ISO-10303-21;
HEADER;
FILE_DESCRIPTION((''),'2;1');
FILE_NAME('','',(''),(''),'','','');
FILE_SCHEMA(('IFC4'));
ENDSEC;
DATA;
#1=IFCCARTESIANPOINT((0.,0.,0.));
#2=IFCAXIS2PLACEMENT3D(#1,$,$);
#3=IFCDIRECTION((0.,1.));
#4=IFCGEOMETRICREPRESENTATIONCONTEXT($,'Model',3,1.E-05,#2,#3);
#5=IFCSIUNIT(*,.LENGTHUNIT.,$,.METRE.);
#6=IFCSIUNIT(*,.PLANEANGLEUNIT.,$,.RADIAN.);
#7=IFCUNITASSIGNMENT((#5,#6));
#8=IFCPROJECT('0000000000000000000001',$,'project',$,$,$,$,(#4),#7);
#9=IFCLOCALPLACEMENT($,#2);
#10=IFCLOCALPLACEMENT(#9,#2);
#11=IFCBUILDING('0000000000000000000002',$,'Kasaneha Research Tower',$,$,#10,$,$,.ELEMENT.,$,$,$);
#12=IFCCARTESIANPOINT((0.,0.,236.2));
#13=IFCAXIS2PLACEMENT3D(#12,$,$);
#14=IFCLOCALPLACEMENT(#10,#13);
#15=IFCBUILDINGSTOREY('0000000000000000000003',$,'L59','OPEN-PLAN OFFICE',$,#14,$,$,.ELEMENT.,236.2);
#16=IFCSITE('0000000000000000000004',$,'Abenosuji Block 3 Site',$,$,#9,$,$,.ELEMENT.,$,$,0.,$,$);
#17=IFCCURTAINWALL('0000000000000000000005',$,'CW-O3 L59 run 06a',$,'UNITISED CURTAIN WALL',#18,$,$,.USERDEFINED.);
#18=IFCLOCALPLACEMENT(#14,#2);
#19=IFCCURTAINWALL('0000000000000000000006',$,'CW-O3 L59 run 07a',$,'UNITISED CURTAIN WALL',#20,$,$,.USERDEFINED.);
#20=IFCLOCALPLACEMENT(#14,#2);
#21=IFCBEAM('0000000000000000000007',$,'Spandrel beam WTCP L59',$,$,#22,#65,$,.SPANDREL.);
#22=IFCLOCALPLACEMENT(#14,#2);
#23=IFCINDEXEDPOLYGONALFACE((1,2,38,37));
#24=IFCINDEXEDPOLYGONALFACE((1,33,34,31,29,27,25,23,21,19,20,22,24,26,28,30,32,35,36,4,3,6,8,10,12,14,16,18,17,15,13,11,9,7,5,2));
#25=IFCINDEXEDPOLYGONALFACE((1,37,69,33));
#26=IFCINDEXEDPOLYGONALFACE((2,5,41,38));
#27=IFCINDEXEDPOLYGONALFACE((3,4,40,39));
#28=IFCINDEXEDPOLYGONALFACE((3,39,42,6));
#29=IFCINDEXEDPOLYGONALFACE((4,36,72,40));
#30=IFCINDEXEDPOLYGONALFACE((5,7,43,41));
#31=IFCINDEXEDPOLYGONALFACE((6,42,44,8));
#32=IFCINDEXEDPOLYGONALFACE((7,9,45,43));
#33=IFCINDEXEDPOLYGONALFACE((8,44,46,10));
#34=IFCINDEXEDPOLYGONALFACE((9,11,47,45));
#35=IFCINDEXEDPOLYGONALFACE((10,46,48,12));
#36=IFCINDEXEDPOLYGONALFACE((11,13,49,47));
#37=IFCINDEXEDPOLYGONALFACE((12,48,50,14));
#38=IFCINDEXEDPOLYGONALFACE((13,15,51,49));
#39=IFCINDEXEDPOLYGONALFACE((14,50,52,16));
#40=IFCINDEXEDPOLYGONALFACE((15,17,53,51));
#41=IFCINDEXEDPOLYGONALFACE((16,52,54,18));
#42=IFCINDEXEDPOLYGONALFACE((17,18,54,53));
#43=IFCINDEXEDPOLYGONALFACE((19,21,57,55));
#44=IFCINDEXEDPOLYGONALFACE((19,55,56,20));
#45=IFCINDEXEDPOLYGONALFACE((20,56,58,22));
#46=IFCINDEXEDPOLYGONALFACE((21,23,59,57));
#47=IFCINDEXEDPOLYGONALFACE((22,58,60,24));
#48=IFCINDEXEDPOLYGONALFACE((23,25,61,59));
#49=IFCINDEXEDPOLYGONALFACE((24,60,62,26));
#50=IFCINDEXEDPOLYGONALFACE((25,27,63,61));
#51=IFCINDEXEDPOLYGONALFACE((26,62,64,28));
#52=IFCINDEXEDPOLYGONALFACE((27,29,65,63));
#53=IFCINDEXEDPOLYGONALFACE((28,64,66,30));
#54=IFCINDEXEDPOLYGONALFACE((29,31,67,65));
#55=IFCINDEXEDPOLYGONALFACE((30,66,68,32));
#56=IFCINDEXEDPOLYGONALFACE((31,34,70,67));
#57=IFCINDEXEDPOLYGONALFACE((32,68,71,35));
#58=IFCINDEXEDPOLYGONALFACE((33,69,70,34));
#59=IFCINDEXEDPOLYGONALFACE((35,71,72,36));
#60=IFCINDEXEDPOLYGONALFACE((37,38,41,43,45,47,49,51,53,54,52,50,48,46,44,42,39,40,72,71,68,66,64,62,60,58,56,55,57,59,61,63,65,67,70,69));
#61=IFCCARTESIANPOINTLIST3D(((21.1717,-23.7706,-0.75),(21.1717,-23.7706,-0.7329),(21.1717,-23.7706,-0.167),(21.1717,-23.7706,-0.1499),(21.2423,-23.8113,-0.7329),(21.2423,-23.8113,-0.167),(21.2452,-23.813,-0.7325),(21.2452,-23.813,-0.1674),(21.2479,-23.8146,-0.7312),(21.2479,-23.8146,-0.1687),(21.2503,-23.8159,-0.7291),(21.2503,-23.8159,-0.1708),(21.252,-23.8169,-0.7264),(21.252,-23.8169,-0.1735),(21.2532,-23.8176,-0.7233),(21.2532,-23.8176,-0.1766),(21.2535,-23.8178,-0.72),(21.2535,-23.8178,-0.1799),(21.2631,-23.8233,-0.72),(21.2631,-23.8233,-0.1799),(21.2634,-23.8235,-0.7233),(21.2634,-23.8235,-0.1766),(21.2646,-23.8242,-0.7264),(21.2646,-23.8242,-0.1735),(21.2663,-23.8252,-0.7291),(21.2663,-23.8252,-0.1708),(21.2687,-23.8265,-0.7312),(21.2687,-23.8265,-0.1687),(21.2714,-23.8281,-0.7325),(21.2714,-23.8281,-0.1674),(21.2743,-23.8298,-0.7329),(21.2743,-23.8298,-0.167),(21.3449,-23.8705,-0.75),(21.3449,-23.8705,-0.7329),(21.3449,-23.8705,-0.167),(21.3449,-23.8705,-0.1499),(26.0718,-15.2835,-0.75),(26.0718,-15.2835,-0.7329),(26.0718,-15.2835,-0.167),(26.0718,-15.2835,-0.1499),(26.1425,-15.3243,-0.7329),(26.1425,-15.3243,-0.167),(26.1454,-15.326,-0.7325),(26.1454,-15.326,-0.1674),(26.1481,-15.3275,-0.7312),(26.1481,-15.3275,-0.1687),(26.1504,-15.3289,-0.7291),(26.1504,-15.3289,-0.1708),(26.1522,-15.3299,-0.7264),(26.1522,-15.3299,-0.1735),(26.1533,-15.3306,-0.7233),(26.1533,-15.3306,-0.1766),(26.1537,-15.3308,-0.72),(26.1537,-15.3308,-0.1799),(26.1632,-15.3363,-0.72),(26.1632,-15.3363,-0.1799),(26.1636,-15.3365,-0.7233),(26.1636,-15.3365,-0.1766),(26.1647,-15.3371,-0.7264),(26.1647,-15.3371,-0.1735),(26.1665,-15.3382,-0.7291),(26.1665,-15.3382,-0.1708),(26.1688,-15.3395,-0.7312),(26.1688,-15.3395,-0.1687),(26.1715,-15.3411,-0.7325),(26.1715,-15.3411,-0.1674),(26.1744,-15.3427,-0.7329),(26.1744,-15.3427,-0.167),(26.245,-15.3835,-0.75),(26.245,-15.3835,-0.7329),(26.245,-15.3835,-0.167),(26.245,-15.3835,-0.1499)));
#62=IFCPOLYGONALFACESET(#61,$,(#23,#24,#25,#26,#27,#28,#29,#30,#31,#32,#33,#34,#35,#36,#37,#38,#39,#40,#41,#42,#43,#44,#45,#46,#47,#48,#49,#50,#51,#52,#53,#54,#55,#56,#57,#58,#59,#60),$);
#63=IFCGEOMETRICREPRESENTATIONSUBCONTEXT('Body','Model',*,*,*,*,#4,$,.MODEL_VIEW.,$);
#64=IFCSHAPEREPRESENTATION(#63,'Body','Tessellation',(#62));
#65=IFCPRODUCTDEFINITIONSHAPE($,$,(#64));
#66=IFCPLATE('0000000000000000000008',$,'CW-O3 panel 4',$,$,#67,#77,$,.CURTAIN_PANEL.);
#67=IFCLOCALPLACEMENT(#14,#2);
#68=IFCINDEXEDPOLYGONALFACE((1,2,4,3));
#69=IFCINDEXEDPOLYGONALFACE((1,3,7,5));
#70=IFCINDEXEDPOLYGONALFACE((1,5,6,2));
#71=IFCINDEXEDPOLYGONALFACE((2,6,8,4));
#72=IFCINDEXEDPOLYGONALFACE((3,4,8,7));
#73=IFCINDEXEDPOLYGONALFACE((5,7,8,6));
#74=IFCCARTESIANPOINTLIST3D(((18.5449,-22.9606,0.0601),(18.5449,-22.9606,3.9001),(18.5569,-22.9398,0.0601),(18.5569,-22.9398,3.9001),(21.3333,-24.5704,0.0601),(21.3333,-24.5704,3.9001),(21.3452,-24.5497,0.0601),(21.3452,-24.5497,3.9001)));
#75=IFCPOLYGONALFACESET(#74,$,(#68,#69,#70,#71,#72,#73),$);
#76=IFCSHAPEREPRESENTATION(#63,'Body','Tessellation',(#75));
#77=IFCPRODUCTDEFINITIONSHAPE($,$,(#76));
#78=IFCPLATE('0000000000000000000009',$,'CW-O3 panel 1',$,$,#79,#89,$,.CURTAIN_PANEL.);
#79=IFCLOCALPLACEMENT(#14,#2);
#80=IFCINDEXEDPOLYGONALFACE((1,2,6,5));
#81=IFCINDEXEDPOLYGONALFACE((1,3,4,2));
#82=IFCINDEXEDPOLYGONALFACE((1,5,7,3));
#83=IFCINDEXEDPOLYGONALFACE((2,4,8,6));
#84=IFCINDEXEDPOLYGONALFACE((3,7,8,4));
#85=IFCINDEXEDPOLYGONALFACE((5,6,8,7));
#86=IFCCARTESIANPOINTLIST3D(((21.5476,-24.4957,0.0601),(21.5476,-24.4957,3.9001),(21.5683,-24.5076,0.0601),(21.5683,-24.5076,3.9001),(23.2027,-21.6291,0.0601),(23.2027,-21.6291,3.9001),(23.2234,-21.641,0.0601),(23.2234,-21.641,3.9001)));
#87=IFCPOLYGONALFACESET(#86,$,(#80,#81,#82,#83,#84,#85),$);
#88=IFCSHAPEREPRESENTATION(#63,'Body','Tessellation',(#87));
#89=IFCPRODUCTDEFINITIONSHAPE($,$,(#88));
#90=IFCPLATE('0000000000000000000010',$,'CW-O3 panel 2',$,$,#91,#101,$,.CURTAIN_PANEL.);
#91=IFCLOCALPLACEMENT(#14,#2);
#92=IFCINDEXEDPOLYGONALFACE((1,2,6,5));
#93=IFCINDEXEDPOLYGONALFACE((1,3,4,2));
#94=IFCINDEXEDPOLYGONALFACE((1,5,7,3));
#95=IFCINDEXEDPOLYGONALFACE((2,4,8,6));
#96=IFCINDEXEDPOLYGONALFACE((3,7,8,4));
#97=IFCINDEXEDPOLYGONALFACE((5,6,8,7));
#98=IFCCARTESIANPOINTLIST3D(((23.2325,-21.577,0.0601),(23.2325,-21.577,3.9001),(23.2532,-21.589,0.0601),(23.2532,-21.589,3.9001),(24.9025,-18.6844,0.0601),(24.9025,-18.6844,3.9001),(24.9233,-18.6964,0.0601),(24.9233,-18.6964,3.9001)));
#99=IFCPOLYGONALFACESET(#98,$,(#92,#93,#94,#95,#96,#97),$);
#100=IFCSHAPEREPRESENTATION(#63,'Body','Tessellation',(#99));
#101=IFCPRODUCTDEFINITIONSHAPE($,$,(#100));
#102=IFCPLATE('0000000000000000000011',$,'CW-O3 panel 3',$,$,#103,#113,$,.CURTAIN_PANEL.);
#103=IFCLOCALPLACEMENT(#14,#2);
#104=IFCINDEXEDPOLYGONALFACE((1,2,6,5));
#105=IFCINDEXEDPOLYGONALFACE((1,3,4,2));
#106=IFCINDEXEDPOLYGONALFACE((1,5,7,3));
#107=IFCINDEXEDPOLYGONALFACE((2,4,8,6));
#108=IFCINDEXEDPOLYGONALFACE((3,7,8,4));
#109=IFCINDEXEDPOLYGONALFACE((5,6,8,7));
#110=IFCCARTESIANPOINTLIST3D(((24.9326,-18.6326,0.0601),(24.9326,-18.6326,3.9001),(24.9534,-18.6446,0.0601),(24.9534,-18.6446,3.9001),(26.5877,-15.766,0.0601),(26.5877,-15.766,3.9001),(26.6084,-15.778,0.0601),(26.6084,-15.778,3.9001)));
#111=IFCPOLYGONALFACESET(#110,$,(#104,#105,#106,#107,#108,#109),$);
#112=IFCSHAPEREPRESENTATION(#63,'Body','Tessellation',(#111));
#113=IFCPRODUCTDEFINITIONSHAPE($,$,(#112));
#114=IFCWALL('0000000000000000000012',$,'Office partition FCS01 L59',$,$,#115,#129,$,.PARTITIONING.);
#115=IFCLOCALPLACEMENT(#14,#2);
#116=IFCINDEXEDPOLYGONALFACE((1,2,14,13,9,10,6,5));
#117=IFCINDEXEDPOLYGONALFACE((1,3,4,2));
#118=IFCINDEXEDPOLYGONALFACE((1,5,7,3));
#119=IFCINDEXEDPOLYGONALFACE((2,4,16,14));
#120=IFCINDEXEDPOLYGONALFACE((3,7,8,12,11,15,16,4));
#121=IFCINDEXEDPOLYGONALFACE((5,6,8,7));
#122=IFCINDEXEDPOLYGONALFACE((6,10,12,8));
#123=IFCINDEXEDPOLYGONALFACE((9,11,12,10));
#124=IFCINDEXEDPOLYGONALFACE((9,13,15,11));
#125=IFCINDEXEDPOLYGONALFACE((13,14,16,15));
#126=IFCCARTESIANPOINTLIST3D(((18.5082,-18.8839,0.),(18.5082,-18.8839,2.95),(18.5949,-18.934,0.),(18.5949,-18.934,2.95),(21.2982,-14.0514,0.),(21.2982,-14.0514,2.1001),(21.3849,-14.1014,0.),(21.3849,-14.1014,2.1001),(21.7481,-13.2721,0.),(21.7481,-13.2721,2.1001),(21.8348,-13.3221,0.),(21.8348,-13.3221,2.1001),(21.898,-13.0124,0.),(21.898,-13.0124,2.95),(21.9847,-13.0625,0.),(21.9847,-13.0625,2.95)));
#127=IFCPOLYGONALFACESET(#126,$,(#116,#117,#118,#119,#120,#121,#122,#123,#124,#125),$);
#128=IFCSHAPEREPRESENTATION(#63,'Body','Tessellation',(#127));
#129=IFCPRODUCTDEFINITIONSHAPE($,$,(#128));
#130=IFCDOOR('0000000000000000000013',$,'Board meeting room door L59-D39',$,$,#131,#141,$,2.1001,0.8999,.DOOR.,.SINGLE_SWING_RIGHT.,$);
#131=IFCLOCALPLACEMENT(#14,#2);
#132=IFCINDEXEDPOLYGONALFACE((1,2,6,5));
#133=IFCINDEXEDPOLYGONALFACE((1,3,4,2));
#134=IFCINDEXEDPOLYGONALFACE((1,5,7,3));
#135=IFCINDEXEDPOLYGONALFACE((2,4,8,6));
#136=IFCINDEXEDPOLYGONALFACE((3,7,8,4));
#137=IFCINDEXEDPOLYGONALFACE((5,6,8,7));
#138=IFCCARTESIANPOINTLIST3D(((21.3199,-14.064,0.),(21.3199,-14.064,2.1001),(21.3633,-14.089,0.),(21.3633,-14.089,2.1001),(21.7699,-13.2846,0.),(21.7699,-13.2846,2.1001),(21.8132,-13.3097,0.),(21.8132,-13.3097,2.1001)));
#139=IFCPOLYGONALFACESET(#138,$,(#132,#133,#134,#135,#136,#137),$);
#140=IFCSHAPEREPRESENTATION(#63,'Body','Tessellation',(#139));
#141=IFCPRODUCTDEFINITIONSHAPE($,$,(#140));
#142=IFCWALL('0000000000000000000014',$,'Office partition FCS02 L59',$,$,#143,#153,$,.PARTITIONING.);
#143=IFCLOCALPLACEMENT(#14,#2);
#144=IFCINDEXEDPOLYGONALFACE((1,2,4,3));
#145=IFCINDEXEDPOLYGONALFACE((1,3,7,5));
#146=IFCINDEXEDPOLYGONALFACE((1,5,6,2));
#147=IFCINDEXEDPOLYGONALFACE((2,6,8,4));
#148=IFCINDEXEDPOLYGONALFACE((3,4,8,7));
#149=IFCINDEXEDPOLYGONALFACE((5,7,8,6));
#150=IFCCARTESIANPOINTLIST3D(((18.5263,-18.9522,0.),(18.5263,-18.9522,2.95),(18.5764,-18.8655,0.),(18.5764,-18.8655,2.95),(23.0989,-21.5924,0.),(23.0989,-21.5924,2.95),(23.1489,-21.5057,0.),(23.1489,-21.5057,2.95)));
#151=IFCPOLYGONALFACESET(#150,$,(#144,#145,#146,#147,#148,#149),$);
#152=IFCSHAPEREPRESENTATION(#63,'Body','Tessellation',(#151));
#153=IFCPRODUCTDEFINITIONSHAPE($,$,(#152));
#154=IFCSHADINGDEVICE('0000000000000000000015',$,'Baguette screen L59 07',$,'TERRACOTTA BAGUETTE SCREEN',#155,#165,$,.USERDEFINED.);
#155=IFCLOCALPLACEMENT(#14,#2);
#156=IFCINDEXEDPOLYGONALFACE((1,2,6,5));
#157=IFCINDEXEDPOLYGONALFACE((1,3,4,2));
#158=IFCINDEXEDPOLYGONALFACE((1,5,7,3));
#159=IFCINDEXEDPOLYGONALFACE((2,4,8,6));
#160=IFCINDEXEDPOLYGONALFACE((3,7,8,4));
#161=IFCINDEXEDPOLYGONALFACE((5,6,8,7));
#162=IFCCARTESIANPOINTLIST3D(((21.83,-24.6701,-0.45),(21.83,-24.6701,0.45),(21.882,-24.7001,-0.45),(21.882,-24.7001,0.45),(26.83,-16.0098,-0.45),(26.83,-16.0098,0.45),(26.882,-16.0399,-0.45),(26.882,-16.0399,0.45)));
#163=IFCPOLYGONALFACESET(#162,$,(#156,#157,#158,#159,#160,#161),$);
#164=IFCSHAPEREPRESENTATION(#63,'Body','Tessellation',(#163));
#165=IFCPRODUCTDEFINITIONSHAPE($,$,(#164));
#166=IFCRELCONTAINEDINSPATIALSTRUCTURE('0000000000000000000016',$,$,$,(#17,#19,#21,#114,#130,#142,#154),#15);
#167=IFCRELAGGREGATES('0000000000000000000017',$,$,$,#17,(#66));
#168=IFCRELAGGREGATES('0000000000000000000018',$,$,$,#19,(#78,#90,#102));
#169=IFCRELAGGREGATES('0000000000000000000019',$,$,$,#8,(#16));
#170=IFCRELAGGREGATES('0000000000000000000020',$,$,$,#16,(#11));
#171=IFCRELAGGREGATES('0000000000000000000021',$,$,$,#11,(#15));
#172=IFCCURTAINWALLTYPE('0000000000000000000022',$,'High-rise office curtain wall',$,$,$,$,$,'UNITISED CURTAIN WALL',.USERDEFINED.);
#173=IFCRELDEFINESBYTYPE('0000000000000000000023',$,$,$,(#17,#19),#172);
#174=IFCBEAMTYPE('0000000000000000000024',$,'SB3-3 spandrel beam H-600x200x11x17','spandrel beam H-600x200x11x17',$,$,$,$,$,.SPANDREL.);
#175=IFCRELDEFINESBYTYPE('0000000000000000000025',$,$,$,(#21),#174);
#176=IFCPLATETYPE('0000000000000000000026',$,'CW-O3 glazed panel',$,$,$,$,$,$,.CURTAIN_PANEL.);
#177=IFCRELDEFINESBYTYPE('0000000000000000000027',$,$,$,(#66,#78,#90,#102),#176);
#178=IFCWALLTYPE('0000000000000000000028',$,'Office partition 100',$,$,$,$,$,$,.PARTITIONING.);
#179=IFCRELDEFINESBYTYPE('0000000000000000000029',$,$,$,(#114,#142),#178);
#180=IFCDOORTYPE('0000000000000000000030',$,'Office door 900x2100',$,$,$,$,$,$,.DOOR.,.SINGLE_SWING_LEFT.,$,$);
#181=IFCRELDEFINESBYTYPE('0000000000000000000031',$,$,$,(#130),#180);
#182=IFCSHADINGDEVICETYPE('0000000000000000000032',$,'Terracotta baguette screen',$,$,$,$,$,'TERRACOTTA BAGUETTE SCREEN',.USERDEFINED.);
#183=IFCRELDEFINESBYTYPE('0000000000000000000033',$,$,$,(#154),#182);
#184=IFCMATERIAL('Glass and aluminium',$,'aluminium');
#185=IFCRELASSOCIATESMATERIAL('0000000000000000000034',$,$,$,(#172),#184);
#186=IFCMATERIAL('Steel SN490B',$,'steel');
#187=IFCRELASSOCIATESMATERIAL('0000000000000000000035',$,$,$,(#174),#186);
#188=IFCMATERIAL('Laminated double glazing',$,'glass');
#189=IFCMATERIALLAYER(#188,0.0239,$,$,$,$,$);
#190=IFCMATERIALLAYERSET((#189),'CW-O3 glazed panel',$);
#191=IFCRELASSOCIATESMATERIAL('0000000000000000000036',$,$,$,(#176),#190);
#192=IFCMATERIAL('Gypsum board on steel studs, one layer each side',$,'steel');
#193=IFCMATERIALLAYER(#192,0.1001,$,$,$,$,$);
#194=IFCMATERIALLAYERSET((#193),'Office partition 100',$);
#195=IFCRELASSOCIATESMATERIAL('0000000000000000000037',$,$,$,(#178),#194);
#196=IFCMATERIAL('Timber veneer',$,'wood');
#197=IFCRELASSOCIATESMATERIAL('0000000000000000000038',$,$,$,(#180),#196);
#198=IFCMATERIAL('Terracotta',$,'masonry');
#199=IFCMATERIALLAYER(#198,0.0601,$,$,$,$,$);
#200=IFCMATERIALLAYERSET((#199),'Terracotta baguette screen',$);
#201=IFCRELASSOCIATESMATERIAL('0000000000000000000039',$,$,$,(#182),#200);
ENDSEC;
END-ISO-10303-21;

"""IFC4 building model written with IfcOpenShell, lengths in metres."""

from ifc_helpers import new_model, si_unit, direction, frame, frame_2d, origin, origin_2d, place, context, subcontext, project, spatial, rectangle, i_section, extrude, material, layer, layer_set, material_profile, profile_set, type_object, element, fill, aggregate, save


model = new_model("IFC4")

# Units and contexts
model_context = context("Model", 3, precision=1e-05, world=origin(), true_north=direction((0.0, 1.0)))
body_context = subcontext(model_context, "Body", "Model", "MODEL_VIEW")
ifc_project = project(units=[si_unit("LENGTHUNIT", "METRE"), si_unit("PLANEANGLEUNIT", "RADIAN")], contexts=[model_context])

# Site, building, storey
site_placement = place(None, origin())
site = spatial("IfcSite", under=ifc_project, at=site_placement, Name="Abenosuji Block 3 Site", CompositionType="ELEMENT", RefElevation=0.0)
building_placement = place(site_placement, origin())
building = spatial("IfcBuilding", under=site, at=building_placement, Name="Kasaneha Research Tower", CompositionType="ELEMENT")
storey_placement = place(building_placement, frame((0.0, 0.0, 236.2)))
storey = spatial("IfcBuildingStorey", under=building, at=storey_placement, Name="L59", Description="OPEN-PLAN OFFICE", CompositionType="ELEMENT", Elevation=236.2)

# Curtain wall
ifc_material_1 = material(Name="Glass and aluminium", Category="aluminium")
curtain_wall_type = type_object("IfcCurtainWallType", Name="High-rise office curtain wall", ElementType="UNITISED CURTAIN WALL", PredefinedType="USERDEFINED", material=ifc_material_1)
curtain_wall_1_placement = place(storey_placement, origin())
curtain_wall_1 = element("IfcCurtainWall", 1, at=curtain_wall_1_placement, inside=storey, type_object=curtain_wall_type, Name="CW-O3 L59 run 06a", ObjectType="UNITISED CURTAIN WALL", PredefinedType="USERDEFINED")

# Curtain wall
curtain_wall_2_placement = place(storey_placement, origin())
curtain_wall_2 = element("IfcCurtainWall", 2, at=curtain_wall_2_placement, inside=storey, type_object=curtain_wall_type, Name="CW-O3 L59 run 07a", ObjectType="UNITISED CURTAIN WALL", PredefinedType="USERDEFINED")

# Beam
ifc_material_2 = material(Name="Steel SN490B", Category="steel")
ifc_material_profile_1 = material_profile(ifc_material_2, i_section(OverallWidth=0.2, OverallDepth=0.6001, WebThickness=0.011, FlangeThickness=0.0171, FilletRadius=0.0129, at=origin_2d()), Name="H-600x200x11x17")
ifc_profile_set_1 = profile_set([ifc_material_profile_1], Name="Steel SN490B")
beam_type = type_object("IfcBeamType", Name="SB3-3 spandrel beam H-600x200x11x17", Description="spandrel beam H-600x200x11x17", PredefinedType="SPANDREL", material=ifc_profile_set_1)
beam_placement = place(storey_placement, frame((21.2583, -23.8206, -0.45), z_axis=(0.500011, 0.866019, 0.0), x_axis=(-0.866019, 0.500011, 0.0)))
element("IfcBeam", 3, at=beam_placement, inside=storey, type_object=beam_type, Name="Spandrel beam WTCP L59", PredefinedType="SPANDREL", context=body_context, shape_type="SweptSolid", body=[
    extrude(i_section(OverallWidth=0.2, OverallDepth=0.6001, WebThickness=0.011, FlangeThickness=0.0171, FilletRadius=0.0129, at=origin_2d()), origin(), (0.0, 0.0, 1.0), 9.8),
])

# Plates
ifc_material_3 = material(Name="Laminated double glazing", Category="glass")
ifc_layer_1 = layer(ifc_material_3, 0.0239)
ifc_layer_set_1 = layer_set([ifc_layer_1], Name="CW-O3 glazed panel")
plate_type = type_object("IfcPlateType", Name="CW-O3 glazed panel", PredefinedType="CURTAIN_PANEL", material=ifc_layer_set_1)
plate_1_placement = place(storey_placement, frame((19.9451, -23.7551, 0.0601), z_axis=(0.0, 0.0, 1.0), x_axis=(0.866025, -0.5, 0.0)))
plate_1 = element("IfcPlate", 4, at=plate_1_placement, type_object=plate_type, Name="CW-O3 panel 4", PredefinedType="CURTAIN_PANEL", context=body_context, shape_type="SweptSolid", body=[
    extrude(rectangle(XDim=3.2197, YDim=0.0239, at=origin_2d()), origin(), (0.0, 0.0, 1.0), 3.8401),
])
aggregate(curtain_wall_1, [plate_1])
plate_2_placement = place(storey_placement, frame((22.3855, -23.0684, 0.0601), z_axis=(0.0, 0.0, 1.0), x_axis=(0.5, 0.866025, 0.0)))
plate_2 = element("IfcPlate", 5, at=plate_2_placement, type_object=plate_type, Name="CW-O3 panel 1", PredefinedType="CURTAIN_PANEL", context=body_context, shape_type="SweptSolid", body=[
    extrude(rectangle(XDim=3.3101, YDim=0.0239, at=origin_2d()), origin(), (0.0, 0.0, 1.0), 3.8401),
])
plate_3_placement = place(storey_placement, frame((24.0779, -20.1367, 0.0601), z_axis=(0.0, 0.0, 1.0), x_axis=(0.5, 0.866025, 0.0)))
plate_3 = element("IfcPlate", 6, at=plate_3_placement, type_object=plate_type, Name="CW-O3 panel 2", PredefinedType="CURTAIN_PANEL", context=body_context, shape_type="SweptSolid", body=[
    extrude(rectangle(XDim=3.3401, YDim=0.0239, at=origin_2d()), origin(), (0.0, 0.0, 1.0), 3.8401),
])
plate_4_placement = place(storey_placement, frame((25.7705, -17.2053, 0.0601), z_axis=(0.0, 0.0, 1.0), x_axis=(0.5, 0.866025, 0.0)))
plate_4 = element("IfcPlate", 7, at=plate_4_placement, type_object=plate_type, Name="CW-O3 panel 3", PredefinedType="CURTAIN_PANEL", context=body_context, shape_type="SweptSolid", body=[
    extrude(rectangle(XDim=3.3101, YDim=0.0239, at=origin_2d()), origin(), (0.0, 0.0, 1.0), 3.8401),
])
aggregate(curtain_wall_2, [plate_2, plate_3, plate_4])

# Wall, opening, door
ifc_material_4 = material(Name="Gypsum board on steel studs, one layer each side", Category="steel")
ifc_layer_2 = layer(ifc_material_4, 0.1001)
ifc_layer_set_2 = layer_set([ifc_layer_2], Name="Office partition 100")
wall_type = type_object("IfcWallType", Name="Office partition 100", PredefinedType="PARTITIONING", material=ifc_layer_set_2)
wall_1_placement = place(storey_placement, frame((18.5515, -18.9089, 0.0), z_axis=(0.0, 0.0, 1.0), x_axis=(0.499993, 0.86603, 0.0)))
wall_1 = element("IfcWall", 8, at=wall_1_placement, inside=storey, type_object=wall_type, Name="Office partition FCS01 L59", PredefinedType="PARTITIONING", context=body_context, shape_type="SweptSolid", body=[
    extrude(rectangle(XDim=6.7798, YDim=0.1001, at=frame_2d((3.3899, 0.0))), origin(), (0.0, 0.0, 1.0), 2.95),
])
opening_placement = place(wall_1_placement, frame((5.5801, 0.0, 0.0)))
opening = element("IfcOpeningElement", 9, at=opening_placement, cuts=wall_1, PredefinedType="OPENING", context=body_context, shape_type="SweptSolid", body=[
    extrude(rectangle(XDim=0.8999, YDim=2.1001, at=frame_2d((0.45, 1.05))), frame((0.0, 0.0601, 0.0), z_axis=(0.0, -1.0, 0.0), x_axis=(1.0, 0.0, 0.0)), (0.0, 0.0, 1.0), 0.1201),
])
ifc_material_5 = material(Name="Timber veneer", Category="wood")
door_type = type_object("IfcDoorType", Name="Office door 900x2100", OperationType="SINGLE_SWING_LEFT", PredefinedType="DOOR", material=ifc_material_5)
door_placement = place(opening_placement, origin())
door = element("IfcDoor", 10, at=door_placement, inside=storey, type_object=door_type, Name="Board meeting room door L59-D39", OperationType="SINGLE_SWING_RIGHT", OverallHeight=2.1001, OverallWidth=0.8999, PredefinedType="DOOR", context=body_context, shape_type="SweptSolid", body=[
    extrude(rectangle(XDim=0.8999, YDim=2.1001, at=frame_2d((0.45, 1.05))), frame((0.0, 0.0249, 0.0), z_axis=(0.0, -1.0, 0.0), x_axis=(1.0, 0.0, 0.0)), (0.0, 0.0, 1.0), 0.05),
])
fill(opening, door)

# Wall
wall_2_placement = place(storey_placement, frame((23.124, -21.5491, 0.0), z_axis=(0.0, 0.0, 1.0), x_axis=(-0.866009, 0.500028, 0.0)))
element("IfcWall", 11, at=wall_2_placement, inside=storey, type_object=wall_type, Name="Office partition FCS02 L59", PredefinedType="PARTITIONING", context=body_context, shape_type="SweptSolid", body=[
    extrude(rectangle(XDim=5.28, YDim=0.1001, at=frame_2d((2.6401, 0.0))), origin(), (0.0, 0.0, 1.0), 2.95),
])

# Shading device
ifc_material_6 = material(Name="Terracotta", Category="masonry")
ifc_layer_3 = layer(ifc_material_6, 0.0601)
ifc_layer_set_3 = layer_set([ifc_layer_3], Name="Terracotta baguette screen")
shading_device_type = type_object("IfcShadingDeviceType", Name="Terracotta baguette screen", ElementType="TERRACOTTA BAGUETTE SCREEN", PredefinedType="USERDEFINED", material=ifc_layer_set_3)
shading_device_placement = place(storey_placement, frame((24.356, -20.355, -0.45), z_axis=(0.0, 0.0, 1.0), x_axis=(0.5, 0.866025, 0.0)))
element("IfcShadingDevice", 12, at=shading_device_placement, inside=storey, type_object=shading_device_type, Name="Baguette screen L59 07", ObjectType="TERRACOTTA BAGUETTE SCREEN", PredefinedType="USERDEFINED", context=body_context, shape_type="SweptSolid", body=[
    extrude(rectangle(XDim=10.0, YDim=0.0601, at=origin_2d()), origin(), (0.0, 0.0, 1.0), 0.8999),
])

save(model, "model.ifc")
